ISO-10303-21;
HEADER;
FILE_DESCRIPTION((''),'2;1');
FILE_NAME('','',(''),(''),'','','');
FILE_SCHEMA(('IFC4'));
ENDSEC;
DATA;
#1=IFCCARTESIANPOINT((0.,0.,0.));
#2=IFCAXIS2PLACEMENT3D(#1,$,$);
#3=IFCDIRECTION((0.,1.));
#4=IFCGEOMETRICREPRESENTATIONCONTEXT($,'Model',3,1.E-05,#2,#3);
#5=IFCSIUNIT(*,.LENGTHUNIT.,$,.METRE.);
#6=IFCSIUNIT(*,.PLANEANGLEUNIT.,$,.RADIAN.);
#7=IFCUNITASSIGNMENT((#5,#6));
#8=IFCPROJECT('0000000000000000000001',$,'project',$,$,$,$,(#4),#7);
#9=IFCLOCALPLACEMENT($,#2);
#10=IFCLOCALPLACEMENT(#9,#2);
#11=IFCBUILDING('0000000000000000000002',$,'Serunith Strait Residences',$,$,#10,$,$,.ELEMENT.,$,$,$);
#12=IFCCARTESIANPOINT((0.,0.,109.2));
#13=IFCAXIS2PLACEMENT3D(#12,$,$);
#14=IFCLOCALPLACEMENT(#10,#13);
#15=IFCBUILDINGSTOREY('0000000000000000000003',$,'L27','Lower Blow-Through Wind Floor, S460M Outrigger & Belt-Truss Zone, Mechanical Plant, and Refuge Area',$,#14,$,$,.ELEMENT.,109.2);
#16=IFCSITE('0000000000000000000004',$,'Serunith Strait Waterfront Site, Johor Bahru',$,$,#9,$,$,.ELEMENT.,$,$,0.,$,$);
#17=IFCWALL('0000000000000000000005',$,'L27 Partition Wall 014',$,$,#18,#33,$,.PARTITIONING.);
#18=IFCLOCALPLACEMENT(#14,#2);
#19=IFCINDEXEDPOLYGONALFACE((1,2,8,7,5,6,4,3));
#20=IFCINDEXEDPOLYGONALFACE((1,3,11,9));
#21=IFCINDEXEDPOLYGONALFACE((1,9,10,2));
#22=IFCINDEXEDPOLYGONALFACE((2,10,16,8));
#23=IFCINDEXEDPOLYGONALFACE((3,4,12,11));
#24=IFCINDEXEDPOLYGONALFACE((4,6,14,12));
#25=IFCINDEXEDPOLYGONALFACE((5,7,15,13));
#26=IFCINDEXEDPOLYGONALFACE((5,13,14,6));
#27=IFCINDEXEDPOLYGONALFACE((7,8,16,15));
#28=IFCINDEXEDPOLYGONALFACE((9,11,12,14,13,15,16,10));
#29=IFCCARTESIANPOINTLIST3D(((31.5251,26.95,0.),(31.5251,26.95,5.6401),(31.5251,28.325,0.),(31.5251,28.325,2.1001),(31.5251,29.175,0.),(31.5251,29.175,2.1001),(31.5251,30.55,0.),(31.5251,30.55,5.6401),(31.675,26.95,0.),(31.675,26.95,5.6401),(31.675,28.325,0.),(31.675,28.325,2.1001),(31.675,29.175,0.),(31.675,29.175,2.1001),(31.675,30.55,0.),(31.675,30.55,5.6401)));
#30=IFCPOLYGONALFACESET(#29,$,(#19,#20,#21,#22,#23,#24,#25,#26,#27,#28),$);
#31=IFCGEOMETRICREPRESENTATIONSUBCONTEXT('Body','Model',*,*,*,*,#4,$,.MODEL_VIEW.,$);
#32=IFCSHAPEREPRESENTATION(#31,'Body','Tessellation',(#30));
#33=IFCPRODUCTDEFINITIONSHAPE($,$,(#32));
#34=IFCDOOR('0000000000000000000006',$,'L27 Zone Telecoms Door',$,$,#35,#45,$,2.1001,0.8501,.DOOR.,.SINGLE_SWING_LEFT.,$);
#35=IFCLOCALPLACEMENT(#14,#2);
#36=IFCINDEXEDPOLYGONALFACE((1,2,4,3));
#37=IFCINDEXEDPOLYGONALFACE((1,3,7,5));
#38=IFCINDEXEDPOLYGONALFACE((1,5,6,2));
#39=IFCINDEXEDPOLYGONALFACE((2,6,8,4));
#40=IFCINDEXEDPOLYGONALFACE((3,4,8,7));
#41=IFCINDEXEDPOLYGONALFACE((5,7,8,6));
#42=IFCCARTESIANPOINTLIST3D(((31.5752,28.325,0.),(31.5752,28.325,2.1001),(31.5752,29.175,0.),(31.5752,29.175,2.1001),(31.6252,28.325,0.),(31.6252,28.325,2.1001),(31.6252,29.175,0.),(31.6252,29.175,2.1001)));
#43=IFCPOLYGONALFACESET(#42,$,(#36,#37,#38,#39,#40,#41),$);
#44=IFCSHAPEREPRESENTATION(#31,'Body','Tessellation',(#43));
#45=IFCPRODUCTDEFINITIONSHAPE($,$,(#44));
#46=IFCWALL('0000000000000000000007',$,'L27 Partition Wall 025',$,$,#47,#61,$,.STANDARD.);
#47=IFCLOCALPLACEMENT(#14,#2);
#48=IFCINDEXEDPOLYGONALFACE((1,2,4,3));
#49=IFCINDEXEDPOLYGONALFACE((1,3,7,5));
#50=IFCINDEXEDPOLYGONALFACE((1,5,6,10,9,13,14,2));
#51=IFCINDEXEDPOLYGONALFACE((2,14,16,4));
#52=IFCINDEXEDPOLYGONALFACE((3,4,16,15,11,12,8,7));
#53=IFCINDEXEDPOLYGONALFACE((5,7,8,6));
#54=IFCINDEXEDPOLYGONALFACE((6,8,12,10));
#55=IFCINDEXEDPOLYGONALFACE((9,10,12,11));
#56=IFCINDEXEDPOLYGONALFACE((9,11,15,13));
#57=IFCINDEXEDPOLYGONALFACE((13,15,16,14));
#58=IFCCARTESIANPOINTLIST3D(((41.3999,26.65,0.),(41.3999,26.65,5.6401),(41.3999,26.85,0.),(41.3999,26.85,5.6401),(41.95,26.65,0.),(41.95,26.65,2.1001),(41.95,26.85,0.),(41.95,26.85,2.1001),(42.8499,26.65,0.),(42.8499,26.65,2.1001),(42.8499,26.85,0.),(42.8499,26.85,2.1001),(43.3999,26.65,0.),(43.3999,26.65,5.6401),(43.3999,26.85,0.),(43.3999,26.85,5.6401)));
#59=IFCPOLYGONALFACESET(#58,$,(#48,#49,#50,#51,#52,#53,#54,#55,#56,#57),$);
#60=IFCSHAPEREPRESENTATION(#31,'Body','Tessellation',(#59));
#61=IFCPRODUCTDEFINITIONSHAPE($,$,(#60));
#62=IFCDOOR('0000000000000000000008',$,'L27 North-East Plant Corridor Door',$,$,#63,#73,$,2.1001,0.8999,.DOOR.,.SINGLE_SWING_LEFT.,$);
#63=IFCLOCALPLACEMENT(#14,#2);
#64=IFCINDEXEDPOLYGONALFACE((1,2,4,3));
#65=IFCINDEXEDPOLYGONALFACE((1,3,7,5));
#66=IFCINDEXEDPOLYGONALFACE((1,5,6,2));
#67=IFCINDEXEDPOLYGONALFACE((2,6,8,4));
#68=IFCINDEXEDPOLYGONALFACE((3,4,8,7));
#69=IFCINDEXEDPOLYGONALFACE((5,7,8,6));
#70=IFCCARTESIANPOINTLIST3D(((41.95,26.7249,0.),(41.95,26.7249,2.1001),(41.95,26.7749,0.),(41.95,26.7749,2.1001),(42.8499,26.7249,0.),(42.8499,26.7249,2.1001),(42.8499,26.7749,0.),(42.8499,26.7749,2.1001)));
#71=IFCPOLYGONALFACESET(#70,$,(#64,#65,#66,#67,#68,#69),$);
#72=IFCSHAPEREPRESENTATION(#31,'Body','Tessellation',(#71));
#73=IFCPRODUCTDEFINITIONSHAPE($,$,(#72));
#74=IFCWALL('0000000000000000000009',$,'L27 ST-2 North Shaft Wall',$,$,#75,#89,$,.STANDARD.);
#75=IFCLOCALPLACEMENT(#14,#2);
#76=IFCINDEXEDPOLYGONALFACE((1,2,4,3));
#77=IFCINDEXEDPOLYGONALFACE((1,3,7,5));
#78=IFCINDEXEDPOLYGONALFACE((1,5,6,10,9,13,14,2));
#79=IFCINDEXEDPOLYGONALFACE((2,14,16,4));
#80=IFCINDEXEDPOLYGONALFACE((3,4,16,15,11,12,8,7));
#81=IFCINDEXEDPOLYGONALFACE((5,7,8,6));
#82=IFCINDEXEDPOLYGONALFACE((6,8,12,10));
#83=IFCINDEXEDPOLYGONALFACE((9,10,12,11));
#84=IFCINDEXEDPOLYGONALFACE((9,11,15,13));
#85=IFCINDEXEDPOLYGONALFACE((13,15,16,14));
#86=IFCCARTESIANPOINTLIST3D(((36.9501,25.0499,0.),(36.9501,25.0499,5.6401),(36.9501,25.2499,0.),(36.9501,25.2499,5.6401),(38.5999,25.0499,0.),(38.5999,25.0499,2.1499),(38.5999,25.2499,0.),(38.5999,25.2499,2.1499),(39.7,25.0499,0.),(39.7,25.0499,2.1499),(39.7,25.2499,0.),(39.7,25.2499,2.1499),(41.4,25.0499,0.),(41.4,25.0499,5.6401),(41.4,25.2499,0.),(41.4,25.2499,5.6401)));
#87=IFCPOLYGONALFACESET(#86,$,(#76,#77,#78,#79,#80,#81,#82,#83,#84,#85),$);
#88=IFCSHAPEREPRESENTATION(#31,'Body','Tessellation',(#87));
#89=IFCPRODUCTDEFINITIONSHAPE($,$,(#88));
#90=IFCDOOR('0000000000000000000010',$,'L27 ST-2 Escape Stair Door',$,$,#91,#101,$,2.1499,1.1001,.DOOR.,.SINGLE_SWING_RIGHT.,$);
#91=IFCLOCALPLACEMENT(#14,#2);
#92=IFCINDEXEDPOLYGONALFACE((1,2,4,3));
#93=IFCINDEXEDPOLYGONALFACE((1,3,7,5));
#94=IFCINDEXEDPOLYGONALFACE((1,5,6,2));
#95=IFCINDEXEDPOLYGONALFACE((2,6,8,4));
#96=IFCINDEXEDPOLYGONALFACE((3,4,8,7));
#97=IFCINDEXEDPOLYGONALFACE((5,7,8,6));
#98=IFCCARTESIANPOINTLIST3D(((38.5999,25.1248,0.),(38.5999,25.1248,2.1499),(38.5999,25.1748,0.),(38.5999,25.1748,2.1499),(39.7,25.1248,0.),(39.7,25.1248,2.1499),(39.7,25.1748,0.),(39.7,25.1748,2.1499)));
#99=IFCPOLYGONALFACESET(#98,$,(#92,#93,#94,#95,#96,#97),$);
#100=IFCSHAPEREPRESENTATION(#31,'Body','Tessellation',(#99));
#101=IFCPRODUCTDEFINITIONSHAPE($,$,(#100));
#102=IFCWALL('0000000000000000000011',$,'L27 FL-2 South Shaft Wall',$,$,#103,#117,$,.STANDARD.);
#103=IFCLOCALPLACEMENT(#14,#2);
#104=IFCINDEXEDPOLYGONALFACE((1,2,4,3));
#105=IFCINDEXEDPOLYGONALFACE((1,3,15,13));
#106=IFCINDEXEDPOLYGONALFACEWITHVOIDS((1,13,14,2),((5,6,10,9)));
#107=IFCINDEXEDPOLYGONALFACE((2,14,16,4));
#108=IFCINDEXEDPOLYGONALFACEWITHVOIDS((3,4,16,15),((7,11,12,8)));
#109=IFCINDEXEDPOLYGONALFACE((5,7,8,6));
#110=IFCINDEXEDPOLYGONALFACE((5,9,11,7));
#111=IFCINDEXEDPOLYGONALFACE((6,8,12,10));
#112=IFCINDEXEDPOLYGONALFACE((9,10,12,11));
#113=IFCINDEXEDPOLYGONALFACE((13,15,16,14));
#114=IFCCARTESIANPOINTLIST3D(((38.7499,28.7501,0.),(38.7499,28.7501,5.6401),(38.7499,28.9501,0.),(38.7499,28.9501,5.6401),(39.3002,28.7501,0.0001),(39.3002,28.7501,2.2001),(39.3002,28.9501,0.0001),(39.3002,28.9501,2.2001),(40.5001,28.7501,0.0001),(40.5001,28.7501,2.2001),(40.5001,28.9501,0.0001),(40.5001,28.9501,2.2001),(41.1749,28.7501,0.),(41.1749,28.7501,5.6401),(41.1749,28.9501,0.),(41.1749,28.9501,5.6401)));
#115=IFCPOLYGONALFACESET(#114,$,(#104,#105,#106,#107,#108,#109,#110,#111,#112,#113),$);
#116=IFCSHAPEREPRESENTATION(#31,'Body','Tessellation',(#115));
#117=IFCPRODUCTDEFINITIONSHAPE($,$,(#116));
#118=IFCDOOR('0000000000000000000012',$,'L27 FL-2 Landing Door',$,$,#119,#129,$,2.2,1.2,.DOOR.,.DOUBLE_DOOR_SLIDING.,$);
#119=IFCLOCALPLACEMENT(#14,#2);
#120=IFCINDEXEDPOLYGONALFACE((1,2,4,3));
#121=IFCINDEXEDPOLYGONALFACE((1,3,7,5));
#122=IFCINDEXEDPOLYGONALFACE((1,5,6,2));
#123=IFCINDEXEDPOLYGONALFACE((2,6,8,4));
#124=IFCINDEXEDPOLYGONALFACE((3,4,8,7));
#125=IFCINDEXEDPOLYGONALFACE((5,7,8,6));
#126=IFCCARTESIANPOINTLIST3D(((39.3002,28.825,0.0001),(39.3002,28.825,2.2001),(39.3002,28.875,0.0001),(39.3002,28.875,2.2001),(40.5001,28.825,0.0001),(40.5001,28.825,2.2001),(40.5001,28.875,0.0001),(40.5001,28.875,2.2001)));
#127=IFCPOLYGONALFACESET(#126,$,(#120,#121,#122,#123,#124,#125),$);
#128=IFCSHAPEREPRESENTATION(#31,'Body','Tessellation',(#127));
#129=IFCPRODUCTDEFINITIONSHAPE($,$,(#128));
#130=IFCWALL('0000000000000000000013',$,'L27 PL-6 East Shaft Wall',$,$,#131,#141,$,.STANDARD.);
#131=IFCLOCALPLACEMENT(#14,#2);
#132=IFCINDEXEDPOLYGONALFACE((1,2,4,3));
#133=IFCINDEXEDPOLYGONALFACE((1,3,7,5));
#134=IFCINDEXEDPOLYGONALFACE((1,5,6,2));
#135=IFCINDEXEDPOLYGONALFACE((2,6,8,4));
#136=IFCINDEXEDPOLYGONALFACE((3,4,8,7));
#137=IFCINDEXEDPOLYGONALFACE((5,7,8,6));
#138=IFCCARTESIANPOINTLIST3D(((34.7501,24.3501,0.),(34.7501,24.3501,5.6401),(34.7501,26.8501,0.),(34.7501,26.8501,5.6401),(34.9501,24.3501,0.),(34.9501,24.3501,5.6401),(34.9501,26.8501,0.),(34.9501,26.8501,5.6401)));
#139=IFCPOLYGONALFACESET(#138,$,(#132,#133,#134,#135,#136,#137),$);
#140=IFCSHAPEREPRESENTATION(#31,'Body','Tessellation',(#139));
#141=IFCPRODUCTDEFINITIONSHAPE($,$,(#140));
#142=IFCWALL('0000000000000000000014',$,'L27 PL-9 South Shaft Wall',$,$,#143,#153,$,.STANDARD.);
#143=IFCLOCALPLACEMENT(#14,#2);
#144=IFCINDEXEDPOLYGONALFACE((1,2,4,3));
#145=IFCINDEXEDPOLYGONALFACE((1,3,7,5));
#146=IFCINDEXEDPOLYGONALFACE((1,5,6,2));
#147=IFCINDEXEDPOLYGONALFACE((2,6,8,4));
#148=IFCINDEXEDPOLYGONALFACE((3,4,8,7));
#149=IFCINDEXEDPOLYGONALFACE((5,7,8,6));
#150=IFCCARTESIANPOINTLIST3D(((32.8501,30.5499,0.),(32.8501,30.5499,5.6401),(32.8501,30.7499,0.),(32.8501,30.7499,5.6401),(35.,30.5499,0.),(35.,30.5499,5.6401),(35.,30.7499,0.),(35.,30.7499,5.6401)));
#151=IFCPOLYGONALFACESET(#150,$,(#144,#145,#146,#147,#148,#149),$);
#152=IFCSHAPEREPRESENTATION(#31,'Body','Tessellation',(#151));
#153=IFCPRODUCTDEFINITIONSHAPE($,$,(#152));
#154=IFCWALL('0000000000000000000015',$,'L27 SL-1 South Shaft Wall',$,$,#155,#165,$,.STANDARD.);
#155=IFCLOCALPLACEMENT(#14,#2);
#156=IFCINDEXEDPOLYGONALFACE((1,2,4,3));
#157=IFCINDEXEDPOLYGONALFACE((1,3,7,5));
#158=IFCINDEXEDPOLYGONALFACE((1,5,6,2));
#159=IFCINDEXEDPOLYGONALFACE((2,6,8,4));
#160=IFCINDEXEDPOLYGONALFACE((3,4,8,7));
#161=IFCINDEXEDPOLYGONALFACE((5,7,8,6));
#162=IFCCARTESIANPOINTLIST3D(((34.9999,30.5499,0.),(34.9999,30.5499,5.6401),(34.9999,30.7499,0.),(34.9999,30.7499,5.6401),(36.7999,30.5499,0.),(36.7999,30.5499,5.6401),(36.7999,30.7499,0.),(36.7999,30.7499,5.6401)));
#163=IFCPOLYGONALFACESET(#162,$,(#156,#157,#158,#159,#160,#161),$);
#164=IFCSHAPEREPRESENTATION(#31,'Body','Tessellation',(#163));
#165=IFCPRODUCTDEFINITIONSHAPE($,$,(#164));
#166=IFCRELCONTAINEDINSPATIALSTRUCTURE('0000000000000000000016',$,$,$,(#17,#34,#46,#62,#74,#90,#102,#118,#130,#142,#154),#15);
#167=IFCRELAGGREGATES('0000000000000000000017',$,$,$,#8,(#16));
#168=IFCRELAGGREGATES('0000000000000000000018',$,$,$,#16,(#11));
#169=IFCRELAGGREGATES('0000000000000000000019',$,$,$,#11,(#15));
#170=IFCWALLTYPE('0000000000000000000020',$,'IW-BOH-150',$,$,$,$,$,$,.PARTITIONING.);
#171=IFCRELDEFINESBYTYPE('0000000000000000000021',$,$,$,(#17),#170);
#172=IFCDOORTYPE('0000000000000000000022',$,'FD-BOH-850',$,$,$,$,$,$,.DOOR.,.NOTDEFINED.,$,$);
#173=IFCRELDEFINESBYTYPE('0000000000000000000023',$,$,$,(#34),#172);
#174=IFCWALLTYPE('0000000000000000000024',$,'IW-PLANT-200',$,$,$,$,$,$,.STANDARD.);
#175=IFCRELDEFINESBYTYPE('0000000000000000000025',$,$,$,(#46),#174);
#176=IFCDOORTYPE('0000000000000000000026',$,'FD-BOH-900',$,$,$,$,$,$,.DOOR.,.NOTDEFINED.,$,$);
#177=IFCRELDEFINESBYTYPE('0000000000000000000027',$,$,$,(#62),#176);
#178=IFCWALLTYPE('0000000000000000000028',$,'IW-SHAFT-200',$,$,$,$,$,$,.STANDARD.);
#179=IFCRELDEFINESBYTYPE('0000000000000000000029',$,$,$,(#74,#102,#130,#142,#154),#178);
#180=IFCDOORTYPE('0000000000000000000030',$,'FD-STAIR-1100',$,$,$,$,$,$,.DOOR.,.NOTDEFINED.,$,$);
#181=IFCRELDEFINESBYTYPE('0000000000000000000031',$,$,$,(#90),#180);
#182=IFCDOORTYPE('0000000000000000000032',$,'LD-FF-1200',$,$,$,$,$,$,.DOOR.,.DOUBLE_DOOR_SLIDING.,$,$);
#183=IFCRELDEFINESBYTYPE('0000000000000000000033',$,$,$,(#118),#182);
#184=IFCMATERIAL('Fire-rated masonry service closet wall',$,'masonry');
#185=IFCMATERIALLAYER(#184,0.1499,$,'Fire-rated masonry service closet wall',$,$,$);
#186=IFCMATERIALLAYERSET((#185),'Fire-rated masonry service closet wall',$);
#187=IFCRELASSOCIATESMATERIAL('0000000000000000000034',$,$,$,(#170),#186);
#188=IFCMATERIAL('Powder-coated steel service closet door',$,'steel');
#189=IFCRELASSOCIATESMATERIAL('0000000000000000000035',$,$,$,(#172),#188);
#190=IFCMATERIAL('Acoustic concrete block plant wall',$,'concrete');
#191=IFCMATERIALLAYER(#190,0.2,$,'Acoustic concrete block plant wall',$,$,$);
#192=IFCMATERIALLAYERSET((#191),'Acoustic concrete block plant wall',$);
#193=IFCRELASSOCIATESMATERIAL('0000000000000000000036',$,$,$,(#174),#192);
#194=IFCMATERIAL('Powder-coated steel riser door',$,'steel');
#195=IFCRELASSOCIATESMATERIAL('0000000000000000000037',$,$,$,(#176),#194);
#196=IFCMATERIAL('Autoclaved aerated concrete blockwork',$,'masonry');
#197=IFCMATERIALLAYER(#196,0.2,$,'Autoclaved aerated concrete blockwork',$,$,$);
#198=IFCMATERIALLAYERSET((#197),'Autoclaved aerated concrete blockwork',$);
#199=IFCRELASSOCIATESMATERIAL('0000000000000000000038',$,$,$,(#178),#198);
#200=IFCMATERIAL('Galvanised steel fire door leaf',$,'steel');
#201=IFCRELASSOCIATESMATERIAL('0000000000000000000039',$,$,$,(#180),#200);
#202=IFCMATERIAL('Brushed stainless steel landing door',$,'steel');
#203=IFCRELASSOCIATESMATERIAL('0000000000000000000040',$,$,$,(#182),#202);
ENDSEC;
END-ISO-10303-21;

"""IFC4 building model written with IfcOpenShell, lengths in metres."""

from ifc_helpers import new_model, si_unit, direction, frame, frame_2d, origin, place, context, subcontext, project, spatial, rectangle, extrude, source, transform, mapped, material, layer, layer_set, type_object, element, fill, save


model = new_model("IFC4")

# Units and contexts
model_context = context("Model", 3, precision=1e-05, world=origin(), true_north=direction((0.0, 1.0)))
body_context = subcontext(model_context, "Body", "Model", "MODEL_VIEW")
ifc_project = project(units=[si_unit("LENGTHUNIT", "METRE"), si_unit("PLANEANGLEUNIT", "RADIAN")], contexts=[model_context])

# Site, building, storey
site_placement = place(None, origin())
site = spatial("IfcSite", under=ifc_project, at=site_placement, Name="Serunith Strait Waterfront Site, Johor Bahru", CompositionType="ELEMENT", RefElevation=0.0)
building_placement = place(site_placement, origin())
building = spatial("IfcBuilding", under=site, at=building_placement, Name="Serunith Strait Residences", CompositionType="ELEMENT")
storey_placement = place(building_placement, frame((0.0, 0.0, 109.2)))
storey = spatial("IfcBuildingStorey", under=building, at=storey_placement, Name="L27", Description="Lower Blow-Through Wind Floor, S460M Outrigger & Belt-Truss Zone, Mechanical Plant, and Refuge Area", CompositionType="ELEMENT", Elevation=109.2)

# Walls, openings, doors
ifc_material_1 = material(Name="Fire-rated masonry service closet wall", Category="masonry")
ifc_layer_1 = layer(ifc_material_1, 0.1499, Name="Fire-rated masonry service closet wall")
ifc_layer_set_1 = layer_set([ifc_layer_1], Name="Fire-rated masonry service closet wall")
wall_type_1 = type_object("IfcWallType", Name="IW-BOH-150", PredefinedType="PARTITIONING", material=ifc_layer_set_1)
ifc_material_2 = material(Name="Powder-coated steel service closet door", Category="steel")
door_type_1 = type_object("IfcDoorType", Name="FD-BOH-850", OperationType="NOTDEFINED", PredefinedType="DOOR", material=ifc_material_2)
shared_shape_1 = source(origin(), body_context, "Body", "SweptSolid", [
    extrude(rectangle(XDim=0.8501, YDim=2.1001, at=frame_2d((0.425, 1.05))), frame((0.0, 0.0249, 0.0), z_axis=(0.0, -1.0, 0.0), x_axis=(1.0, 0.0, 0.0)), (0.0, 0.0, 1.0), 0.05),
])
wall_1_placement = place(storey_placement, frame((31.6001, 26.95, 0.0), z_axis=(0.0, 0.0, 1.0), x_axis=(0.0, 1.0, 0.0)))
wall_1 = element("IfcWall", 1, at=wall_1_placement, inside=storey, type_object=wall_type_1, Name="L27 Partition Wall 014", PredefinedType="PARTITIONING", context=body_context, shape_type="SweptSolid", body=[
    extrude(rectangle(XDim=3.6001, YDim=0.1499, at=frame_2d((1.8, 0.0))), origin(), (0.0, 0.0, 1.0), 5.6401),
])
opening_1_placement = place(wall_1_placement, frame((1.375, 0.0, 0.0)))
opening_1 = element("IfcOpeningElement", 2, at=opening_1_placement, cuts=wall_1, PredefinedType="OPENING", context=body_context, shape_type="SweptSolid", body=[
    extrude(rectangle(XDim=0.8501, YDim=2.1001, at=frame_2d((0.425, 1.05))), frame((0.0, 0.085, 0.0), z_axis=(0.0, -1.0, 0.0), x_axis=(1.0, 0.0, 0.0)), (0.0, 0.0, 1.0), 0.1699),
])
door_1_placement = place(opening_1_placement, origin())
door_1 = element("IfcDoor", 3, at=door_1_placement, inside=storey, type_object=door_type_1, Name="L27 Zone Telecoms Door", OperationType="SINGLE_SWING_LEFT", OverallHeight=2.1001, OverallWidth=0.8501, PredefinedType="DOOR", context=body_context, shape_type="MappedRepresentation", body=[
    mapped(shared_shape_1, transform((0.0, 0.0, 0.0), scale=1.0)),
])
fill(opening_1, door_1)
ifc_material_3 = material(Name="Acoustic concrete block plant wall", Category="concrete")
ifc_layer_2 = layer(ifc_material_3, 0.2, Name="Acoustic concrete block plant wall")
ifc_layer_set_2 = layer_set([ifc_layer_2], Name="Acoustic concrete block plant wall")
wall_type_2 = type_object("IfcWallType", Name="IW-PLANT-200", PredefinedType="STANDARD", material=ifc_layer_set_2)
wall_2_placement = place(storey_placement, frame((41.3999, 26.75, 0.0), z_axis=(0.0, 0.0, 1.0), x_axis=(1.0, 0.0, 0.0)))
wall_2 = element("IfcWall", 4, at=wall_2_placement, inside=storey, type_object=wall_type_2, Name="L27 Partition Wall 025", PredefinedType="STANDARD", context=body_context, shape_type="SweptSolid", body=[
    extrude(rectangle(XDim=2.0, YDim=0.2, at=frame_2d((1.0, 0.0))), origin(), (0.0, 0.0, 1.0), 5.6401),
])
opening_2_placement = place(wall_2_placement, frame((0.55, 0.0, 0.0)))
opening_2 = element("IfcOpeningElement", 5, at=opening_2_placement, cuts=wall_2, PredefinedType="OPENING", context=body_context, shape_type="SweptSolid", body=[
    extrude(rectangle(XDim=0.8999, YDim=2.1001, at=frame_2d((0.45, 1.05))), frame((0.0, 0.1099, 0.0), z_axis=(0.0, -1.0, 0.0), x_axis=(1.0, 0.0, 0.0)), (0.0, 0.0, 1.0), 0.22),
])
ifc_material_4 = material(Name="Powder-coated steel riser door", Category="steel")
door_type_2 = type_object("IfcDoorType", Name="FD-BOH-900", OperationType="NOTDEFINED", PredefinedType="DOOR", material=ifc_material_4)
shared_shape_2 = source(origin(), body_context, "Body", "SweptSolid", [
    extrude(rectangle(XDim=0.8999, YDim=2.1001, at=frame_2d((0.45, 1.05))), frame((0.0, 0.0249, 0.0), z_axis=(0.0, -1.0, 0.0), x_axis=(1.0, 0.0, 0.0)), (0.0, 0.0, 1.0), 0.05),
])
door_2_placement = place(opening_2_placement, origin())
door_2 = element("IfcDoor", 6, at=door_2_placement, inside=storey, type_object=door_type_2, Name="L27 North-East Plant Corridor Door", OperationType="SINGLE_SWING_LEFT", OverallHeight=2.1001, OverallWidth=0.8999, PredefinedType="DOOR", context=body_context, shape_type="MappedRepresentation", body=[
    mapped(shared_shape_2, transform((0.0, 0.0, 0.0), scale=1.0)),
])
fill(opening_2, door_2)
ifc_material_5 = material(Name="Autoclaved aerated concrete blockwork", Category="masonry")
ifc_layer_3 = layer(ifc_material_5, 0.2, Name="Autoclaved aerated concrete blockwork")
ifc_layer_set_3 = layer_set([ifc_layer_3], Name="Autoclaved aerated concrete blockwork")
wall_type_3 = type_object("IfcWallType", Name="IW-SHAFT-200", PredefinedType="STANDARD", material=ifc_layer_set_3)
wall_3_placement = place(storey_placement, frame((36.95, 25.1499, 0.0), z_axis=(0.0, 0.0, 1.0), x_axis=(1.0, 0.0, 0.0)))
wall_3 = element("IfcWall", 7, at=wall_3_placement, inside=storey, type_object=wall_type_3, Name="L27 ST-2 North Shaft Wall", PredefinedType="STANDARD", context=body_context, shape_type="SweptSolid", body=[
    extrude(rectangle(XDim=4.45, YDim=0.2, at=frame_2d((2.2251, 0.0))), origin(), (0.0, 0.0, 1.0), 5.6401),
])
opening_3_placement = place(wall_3_placement, frame((1.6499, 0.0, 0.0)))
opening_3 = element("IfcOpeningElement", 8, at=opening_3_placement, cuts=wall_3, PredefinedType="OPENING", context=body_context, shape_type="SweptSolid", body=[
    extrude(rectangle(XDim=1.1001, YDim=2.1499, at=frame_2d((0.55, 1.075))), frame((0.0, 0.1099, 0.0), z_axis=(0.0, -1.0, 0.0), x_axis=(1.0, 0.0, 0.0)), (0.0, 0.0, 1.0), 0.22),
])
ifc_material_6 = material(Name="Galvanised steel fire door leaf", Category="steel")
door_type_3 = type_object("IfcDoorType", Name="FD-STAIR-1100", OperationType="NOTDEFINED", PredefinedType="DOOR", material=ifc_material_6)
shared_shape_3 = source(origin(), body_context, "Body", "SweptSolid", [
    extrude(rectangle(XDim=1.1001, YDim=2.1499, at=frame_2d((0.55, 1.075))), frame((0.0, 0.0249, 0.0), z_axis=(0.0, -1.0, 0.0), x_axis=(1.0, 0.0, 0.0)), (0.0, 0.0, 1.0), 0.05),
])
door_3_placement = place(opening_3_placement, origin())
door_3 = element("IfcDoor", 9, at=door_3_placement, inside=storey, type_object=door_type_3, Name="L27 ST-2 Escape Stair Door", OperationType="SINGLE_SWING_RIGHT", OverallHeight=2.1499, OverallWidth=1.1001, PredefinedType="DOOR", context=body_context, shape_type="MappedRepresentation", body=[
    mapped(shared_shape_3, transform((0.0, 0.0, 0.0), scale=1.0)),
])
fill(opening_3, door_3)
wall_4_placement = place(storey_placement, frame((38.75, 28.8501, 0.0), z_axis=(0.0, 0.0, 1.0), x_axis=(1.0, 0.0, 0.0)))
wall_4 = element("IfcWall", 10, at=wall_4_placement, inside=storey, type_object=wall_type_3, Name="L27 FL-2 South Shaft Wall", PredefinedType="STANDARD", context=body_context, shape_type="SweptSolid", body=[
    extrude(rectangle(XDim=2.425, YDim=0.2, at=frame_2d((1.2124, 0.0))), origin(), (0.0, 0.0, 1.0), 5.6401),
])
opening_4_placement = place(wall_4_placement, frame((0.55, 0.0, 0.0)))
opening_4 = element("IfcOpeningElement", 11, at=opening_4_placement, cuts=wall_4, PredefinedType="OPENING", context=body_context, shape_type="SweptSolid", body=[
    extrude(rectangle(XDim=1.2, YDim=2.2, at=frame_2d((0.6001, 1.1001))), frame((0.0, 0.1099, 0.0), z_axis=(0.0, -1.0, 0.0), x_axis=(1.0, 0.0, 0.0)), (0.0, 0.0, 1.0), 0.22),
])
ifc_material_7 = material(Name="Brushed stainless steel landing door", Category="steel")
door_type_4 = type_object("IfcDoorType", Name="LD-FF-1200", OperationType="DOUBLE_DOOR_SLIDING", PredefinedType="DOOR", material=ifc_material_7)
shared_shape_4 = source(origin(), body_context, "Body", "SweptSolid", [
    extrude(rectangle(XDim=1.2, YDim=2.2, at=frame_2d((0.6001, 1.1001))), frame((0.0, 0.0249, 0.0), z_axis=(0.0, -1.0, 0.0), x_axis=(1.0, 0.0, 0.0)), (0.0, 0.0, 1.0), 0.05),
])
door_4_placement = place(opening_4_placement, origin())
door_4 = element("IfcDoor", 12, at=door_4_placement, inside=storey, type_object=door_type_4, Name="L27 FL-2 Landing Door", OperationType="DOUBLE_DOOR_SLIDING", OverallHeight=2.2, OverallWidth=1.2, PredefinedType="DOOR", context=body_context, shape_type="MappedRepresentation", body=[
    mapped(shared_shape_4, transform((0.0, 0.0, 0.0), scale=1.0)),
])
fill(opening_4, door_4)

# Walls
wall_5_placement = place(storey_placement, frame((34.8501, 24.3501, 0.0), z_axis=(0.0, 0.0, 1.0), x_axis=(0.0, 1.0, 0.0)))
element("IfcWall", 13, at=wall_5_placement, inside=storey, type_object=wall_type_3, Name="L27 PL-6 East Shaft Wall", PredefinedType="STANDARD", context=body_context, shape_type="SweptSolid", body=[
    extrude(rectangle(XDim=2.5, YDim=0.2, at=frame_2d((1.25, 0.0))), origin(), (0.0, 0.0, 1.0), 5.6401),
])
wall_6_placement = place(storey_placement, frame((32.8501, 30.6499, 0.0), z_axis=(0.0, 0.0, 1.0), x_axis=(1.0, 0.0, 0.0)))
element("IfcWall", 14, at=wall_6_placement, inside=storey, type_object=wall_type_3, Name="L27 PL-9 South Shaft Wall", PredefinedType="STANDARD", context=body_context, shape_type="SweptSolid", body=[
    extrude(rectangle(XDim=2.1499, YDim=0.2, at=frame_2d((1.075, 0.0))), origin(), (0.0, 0.0, 1.0), 5.6401),
])
wall_7_placement = place(storey_placement, frame((35.0, 30.6499, 0.0), z_axis=(0.0, 0.0, 1.0), x_axis=(1.0, 0.0, 0.0)))
element("IfcWall", 15, at=wall_7_placement, inside=storey, type_object=wall_type_3, Name="L27 SL-1 South Shaft Wall", PredefinedType="STANDARD", context=body_context, shape_type="SweptSolid", body=[
    extrude(rectangle(XDim=1.8, YDim=0.2, at=frame_2d((0.8999, 0.0))), origin(), (0.0, 0.0, 1.0), 5.6401),
])

save(model, "model.ifc")
